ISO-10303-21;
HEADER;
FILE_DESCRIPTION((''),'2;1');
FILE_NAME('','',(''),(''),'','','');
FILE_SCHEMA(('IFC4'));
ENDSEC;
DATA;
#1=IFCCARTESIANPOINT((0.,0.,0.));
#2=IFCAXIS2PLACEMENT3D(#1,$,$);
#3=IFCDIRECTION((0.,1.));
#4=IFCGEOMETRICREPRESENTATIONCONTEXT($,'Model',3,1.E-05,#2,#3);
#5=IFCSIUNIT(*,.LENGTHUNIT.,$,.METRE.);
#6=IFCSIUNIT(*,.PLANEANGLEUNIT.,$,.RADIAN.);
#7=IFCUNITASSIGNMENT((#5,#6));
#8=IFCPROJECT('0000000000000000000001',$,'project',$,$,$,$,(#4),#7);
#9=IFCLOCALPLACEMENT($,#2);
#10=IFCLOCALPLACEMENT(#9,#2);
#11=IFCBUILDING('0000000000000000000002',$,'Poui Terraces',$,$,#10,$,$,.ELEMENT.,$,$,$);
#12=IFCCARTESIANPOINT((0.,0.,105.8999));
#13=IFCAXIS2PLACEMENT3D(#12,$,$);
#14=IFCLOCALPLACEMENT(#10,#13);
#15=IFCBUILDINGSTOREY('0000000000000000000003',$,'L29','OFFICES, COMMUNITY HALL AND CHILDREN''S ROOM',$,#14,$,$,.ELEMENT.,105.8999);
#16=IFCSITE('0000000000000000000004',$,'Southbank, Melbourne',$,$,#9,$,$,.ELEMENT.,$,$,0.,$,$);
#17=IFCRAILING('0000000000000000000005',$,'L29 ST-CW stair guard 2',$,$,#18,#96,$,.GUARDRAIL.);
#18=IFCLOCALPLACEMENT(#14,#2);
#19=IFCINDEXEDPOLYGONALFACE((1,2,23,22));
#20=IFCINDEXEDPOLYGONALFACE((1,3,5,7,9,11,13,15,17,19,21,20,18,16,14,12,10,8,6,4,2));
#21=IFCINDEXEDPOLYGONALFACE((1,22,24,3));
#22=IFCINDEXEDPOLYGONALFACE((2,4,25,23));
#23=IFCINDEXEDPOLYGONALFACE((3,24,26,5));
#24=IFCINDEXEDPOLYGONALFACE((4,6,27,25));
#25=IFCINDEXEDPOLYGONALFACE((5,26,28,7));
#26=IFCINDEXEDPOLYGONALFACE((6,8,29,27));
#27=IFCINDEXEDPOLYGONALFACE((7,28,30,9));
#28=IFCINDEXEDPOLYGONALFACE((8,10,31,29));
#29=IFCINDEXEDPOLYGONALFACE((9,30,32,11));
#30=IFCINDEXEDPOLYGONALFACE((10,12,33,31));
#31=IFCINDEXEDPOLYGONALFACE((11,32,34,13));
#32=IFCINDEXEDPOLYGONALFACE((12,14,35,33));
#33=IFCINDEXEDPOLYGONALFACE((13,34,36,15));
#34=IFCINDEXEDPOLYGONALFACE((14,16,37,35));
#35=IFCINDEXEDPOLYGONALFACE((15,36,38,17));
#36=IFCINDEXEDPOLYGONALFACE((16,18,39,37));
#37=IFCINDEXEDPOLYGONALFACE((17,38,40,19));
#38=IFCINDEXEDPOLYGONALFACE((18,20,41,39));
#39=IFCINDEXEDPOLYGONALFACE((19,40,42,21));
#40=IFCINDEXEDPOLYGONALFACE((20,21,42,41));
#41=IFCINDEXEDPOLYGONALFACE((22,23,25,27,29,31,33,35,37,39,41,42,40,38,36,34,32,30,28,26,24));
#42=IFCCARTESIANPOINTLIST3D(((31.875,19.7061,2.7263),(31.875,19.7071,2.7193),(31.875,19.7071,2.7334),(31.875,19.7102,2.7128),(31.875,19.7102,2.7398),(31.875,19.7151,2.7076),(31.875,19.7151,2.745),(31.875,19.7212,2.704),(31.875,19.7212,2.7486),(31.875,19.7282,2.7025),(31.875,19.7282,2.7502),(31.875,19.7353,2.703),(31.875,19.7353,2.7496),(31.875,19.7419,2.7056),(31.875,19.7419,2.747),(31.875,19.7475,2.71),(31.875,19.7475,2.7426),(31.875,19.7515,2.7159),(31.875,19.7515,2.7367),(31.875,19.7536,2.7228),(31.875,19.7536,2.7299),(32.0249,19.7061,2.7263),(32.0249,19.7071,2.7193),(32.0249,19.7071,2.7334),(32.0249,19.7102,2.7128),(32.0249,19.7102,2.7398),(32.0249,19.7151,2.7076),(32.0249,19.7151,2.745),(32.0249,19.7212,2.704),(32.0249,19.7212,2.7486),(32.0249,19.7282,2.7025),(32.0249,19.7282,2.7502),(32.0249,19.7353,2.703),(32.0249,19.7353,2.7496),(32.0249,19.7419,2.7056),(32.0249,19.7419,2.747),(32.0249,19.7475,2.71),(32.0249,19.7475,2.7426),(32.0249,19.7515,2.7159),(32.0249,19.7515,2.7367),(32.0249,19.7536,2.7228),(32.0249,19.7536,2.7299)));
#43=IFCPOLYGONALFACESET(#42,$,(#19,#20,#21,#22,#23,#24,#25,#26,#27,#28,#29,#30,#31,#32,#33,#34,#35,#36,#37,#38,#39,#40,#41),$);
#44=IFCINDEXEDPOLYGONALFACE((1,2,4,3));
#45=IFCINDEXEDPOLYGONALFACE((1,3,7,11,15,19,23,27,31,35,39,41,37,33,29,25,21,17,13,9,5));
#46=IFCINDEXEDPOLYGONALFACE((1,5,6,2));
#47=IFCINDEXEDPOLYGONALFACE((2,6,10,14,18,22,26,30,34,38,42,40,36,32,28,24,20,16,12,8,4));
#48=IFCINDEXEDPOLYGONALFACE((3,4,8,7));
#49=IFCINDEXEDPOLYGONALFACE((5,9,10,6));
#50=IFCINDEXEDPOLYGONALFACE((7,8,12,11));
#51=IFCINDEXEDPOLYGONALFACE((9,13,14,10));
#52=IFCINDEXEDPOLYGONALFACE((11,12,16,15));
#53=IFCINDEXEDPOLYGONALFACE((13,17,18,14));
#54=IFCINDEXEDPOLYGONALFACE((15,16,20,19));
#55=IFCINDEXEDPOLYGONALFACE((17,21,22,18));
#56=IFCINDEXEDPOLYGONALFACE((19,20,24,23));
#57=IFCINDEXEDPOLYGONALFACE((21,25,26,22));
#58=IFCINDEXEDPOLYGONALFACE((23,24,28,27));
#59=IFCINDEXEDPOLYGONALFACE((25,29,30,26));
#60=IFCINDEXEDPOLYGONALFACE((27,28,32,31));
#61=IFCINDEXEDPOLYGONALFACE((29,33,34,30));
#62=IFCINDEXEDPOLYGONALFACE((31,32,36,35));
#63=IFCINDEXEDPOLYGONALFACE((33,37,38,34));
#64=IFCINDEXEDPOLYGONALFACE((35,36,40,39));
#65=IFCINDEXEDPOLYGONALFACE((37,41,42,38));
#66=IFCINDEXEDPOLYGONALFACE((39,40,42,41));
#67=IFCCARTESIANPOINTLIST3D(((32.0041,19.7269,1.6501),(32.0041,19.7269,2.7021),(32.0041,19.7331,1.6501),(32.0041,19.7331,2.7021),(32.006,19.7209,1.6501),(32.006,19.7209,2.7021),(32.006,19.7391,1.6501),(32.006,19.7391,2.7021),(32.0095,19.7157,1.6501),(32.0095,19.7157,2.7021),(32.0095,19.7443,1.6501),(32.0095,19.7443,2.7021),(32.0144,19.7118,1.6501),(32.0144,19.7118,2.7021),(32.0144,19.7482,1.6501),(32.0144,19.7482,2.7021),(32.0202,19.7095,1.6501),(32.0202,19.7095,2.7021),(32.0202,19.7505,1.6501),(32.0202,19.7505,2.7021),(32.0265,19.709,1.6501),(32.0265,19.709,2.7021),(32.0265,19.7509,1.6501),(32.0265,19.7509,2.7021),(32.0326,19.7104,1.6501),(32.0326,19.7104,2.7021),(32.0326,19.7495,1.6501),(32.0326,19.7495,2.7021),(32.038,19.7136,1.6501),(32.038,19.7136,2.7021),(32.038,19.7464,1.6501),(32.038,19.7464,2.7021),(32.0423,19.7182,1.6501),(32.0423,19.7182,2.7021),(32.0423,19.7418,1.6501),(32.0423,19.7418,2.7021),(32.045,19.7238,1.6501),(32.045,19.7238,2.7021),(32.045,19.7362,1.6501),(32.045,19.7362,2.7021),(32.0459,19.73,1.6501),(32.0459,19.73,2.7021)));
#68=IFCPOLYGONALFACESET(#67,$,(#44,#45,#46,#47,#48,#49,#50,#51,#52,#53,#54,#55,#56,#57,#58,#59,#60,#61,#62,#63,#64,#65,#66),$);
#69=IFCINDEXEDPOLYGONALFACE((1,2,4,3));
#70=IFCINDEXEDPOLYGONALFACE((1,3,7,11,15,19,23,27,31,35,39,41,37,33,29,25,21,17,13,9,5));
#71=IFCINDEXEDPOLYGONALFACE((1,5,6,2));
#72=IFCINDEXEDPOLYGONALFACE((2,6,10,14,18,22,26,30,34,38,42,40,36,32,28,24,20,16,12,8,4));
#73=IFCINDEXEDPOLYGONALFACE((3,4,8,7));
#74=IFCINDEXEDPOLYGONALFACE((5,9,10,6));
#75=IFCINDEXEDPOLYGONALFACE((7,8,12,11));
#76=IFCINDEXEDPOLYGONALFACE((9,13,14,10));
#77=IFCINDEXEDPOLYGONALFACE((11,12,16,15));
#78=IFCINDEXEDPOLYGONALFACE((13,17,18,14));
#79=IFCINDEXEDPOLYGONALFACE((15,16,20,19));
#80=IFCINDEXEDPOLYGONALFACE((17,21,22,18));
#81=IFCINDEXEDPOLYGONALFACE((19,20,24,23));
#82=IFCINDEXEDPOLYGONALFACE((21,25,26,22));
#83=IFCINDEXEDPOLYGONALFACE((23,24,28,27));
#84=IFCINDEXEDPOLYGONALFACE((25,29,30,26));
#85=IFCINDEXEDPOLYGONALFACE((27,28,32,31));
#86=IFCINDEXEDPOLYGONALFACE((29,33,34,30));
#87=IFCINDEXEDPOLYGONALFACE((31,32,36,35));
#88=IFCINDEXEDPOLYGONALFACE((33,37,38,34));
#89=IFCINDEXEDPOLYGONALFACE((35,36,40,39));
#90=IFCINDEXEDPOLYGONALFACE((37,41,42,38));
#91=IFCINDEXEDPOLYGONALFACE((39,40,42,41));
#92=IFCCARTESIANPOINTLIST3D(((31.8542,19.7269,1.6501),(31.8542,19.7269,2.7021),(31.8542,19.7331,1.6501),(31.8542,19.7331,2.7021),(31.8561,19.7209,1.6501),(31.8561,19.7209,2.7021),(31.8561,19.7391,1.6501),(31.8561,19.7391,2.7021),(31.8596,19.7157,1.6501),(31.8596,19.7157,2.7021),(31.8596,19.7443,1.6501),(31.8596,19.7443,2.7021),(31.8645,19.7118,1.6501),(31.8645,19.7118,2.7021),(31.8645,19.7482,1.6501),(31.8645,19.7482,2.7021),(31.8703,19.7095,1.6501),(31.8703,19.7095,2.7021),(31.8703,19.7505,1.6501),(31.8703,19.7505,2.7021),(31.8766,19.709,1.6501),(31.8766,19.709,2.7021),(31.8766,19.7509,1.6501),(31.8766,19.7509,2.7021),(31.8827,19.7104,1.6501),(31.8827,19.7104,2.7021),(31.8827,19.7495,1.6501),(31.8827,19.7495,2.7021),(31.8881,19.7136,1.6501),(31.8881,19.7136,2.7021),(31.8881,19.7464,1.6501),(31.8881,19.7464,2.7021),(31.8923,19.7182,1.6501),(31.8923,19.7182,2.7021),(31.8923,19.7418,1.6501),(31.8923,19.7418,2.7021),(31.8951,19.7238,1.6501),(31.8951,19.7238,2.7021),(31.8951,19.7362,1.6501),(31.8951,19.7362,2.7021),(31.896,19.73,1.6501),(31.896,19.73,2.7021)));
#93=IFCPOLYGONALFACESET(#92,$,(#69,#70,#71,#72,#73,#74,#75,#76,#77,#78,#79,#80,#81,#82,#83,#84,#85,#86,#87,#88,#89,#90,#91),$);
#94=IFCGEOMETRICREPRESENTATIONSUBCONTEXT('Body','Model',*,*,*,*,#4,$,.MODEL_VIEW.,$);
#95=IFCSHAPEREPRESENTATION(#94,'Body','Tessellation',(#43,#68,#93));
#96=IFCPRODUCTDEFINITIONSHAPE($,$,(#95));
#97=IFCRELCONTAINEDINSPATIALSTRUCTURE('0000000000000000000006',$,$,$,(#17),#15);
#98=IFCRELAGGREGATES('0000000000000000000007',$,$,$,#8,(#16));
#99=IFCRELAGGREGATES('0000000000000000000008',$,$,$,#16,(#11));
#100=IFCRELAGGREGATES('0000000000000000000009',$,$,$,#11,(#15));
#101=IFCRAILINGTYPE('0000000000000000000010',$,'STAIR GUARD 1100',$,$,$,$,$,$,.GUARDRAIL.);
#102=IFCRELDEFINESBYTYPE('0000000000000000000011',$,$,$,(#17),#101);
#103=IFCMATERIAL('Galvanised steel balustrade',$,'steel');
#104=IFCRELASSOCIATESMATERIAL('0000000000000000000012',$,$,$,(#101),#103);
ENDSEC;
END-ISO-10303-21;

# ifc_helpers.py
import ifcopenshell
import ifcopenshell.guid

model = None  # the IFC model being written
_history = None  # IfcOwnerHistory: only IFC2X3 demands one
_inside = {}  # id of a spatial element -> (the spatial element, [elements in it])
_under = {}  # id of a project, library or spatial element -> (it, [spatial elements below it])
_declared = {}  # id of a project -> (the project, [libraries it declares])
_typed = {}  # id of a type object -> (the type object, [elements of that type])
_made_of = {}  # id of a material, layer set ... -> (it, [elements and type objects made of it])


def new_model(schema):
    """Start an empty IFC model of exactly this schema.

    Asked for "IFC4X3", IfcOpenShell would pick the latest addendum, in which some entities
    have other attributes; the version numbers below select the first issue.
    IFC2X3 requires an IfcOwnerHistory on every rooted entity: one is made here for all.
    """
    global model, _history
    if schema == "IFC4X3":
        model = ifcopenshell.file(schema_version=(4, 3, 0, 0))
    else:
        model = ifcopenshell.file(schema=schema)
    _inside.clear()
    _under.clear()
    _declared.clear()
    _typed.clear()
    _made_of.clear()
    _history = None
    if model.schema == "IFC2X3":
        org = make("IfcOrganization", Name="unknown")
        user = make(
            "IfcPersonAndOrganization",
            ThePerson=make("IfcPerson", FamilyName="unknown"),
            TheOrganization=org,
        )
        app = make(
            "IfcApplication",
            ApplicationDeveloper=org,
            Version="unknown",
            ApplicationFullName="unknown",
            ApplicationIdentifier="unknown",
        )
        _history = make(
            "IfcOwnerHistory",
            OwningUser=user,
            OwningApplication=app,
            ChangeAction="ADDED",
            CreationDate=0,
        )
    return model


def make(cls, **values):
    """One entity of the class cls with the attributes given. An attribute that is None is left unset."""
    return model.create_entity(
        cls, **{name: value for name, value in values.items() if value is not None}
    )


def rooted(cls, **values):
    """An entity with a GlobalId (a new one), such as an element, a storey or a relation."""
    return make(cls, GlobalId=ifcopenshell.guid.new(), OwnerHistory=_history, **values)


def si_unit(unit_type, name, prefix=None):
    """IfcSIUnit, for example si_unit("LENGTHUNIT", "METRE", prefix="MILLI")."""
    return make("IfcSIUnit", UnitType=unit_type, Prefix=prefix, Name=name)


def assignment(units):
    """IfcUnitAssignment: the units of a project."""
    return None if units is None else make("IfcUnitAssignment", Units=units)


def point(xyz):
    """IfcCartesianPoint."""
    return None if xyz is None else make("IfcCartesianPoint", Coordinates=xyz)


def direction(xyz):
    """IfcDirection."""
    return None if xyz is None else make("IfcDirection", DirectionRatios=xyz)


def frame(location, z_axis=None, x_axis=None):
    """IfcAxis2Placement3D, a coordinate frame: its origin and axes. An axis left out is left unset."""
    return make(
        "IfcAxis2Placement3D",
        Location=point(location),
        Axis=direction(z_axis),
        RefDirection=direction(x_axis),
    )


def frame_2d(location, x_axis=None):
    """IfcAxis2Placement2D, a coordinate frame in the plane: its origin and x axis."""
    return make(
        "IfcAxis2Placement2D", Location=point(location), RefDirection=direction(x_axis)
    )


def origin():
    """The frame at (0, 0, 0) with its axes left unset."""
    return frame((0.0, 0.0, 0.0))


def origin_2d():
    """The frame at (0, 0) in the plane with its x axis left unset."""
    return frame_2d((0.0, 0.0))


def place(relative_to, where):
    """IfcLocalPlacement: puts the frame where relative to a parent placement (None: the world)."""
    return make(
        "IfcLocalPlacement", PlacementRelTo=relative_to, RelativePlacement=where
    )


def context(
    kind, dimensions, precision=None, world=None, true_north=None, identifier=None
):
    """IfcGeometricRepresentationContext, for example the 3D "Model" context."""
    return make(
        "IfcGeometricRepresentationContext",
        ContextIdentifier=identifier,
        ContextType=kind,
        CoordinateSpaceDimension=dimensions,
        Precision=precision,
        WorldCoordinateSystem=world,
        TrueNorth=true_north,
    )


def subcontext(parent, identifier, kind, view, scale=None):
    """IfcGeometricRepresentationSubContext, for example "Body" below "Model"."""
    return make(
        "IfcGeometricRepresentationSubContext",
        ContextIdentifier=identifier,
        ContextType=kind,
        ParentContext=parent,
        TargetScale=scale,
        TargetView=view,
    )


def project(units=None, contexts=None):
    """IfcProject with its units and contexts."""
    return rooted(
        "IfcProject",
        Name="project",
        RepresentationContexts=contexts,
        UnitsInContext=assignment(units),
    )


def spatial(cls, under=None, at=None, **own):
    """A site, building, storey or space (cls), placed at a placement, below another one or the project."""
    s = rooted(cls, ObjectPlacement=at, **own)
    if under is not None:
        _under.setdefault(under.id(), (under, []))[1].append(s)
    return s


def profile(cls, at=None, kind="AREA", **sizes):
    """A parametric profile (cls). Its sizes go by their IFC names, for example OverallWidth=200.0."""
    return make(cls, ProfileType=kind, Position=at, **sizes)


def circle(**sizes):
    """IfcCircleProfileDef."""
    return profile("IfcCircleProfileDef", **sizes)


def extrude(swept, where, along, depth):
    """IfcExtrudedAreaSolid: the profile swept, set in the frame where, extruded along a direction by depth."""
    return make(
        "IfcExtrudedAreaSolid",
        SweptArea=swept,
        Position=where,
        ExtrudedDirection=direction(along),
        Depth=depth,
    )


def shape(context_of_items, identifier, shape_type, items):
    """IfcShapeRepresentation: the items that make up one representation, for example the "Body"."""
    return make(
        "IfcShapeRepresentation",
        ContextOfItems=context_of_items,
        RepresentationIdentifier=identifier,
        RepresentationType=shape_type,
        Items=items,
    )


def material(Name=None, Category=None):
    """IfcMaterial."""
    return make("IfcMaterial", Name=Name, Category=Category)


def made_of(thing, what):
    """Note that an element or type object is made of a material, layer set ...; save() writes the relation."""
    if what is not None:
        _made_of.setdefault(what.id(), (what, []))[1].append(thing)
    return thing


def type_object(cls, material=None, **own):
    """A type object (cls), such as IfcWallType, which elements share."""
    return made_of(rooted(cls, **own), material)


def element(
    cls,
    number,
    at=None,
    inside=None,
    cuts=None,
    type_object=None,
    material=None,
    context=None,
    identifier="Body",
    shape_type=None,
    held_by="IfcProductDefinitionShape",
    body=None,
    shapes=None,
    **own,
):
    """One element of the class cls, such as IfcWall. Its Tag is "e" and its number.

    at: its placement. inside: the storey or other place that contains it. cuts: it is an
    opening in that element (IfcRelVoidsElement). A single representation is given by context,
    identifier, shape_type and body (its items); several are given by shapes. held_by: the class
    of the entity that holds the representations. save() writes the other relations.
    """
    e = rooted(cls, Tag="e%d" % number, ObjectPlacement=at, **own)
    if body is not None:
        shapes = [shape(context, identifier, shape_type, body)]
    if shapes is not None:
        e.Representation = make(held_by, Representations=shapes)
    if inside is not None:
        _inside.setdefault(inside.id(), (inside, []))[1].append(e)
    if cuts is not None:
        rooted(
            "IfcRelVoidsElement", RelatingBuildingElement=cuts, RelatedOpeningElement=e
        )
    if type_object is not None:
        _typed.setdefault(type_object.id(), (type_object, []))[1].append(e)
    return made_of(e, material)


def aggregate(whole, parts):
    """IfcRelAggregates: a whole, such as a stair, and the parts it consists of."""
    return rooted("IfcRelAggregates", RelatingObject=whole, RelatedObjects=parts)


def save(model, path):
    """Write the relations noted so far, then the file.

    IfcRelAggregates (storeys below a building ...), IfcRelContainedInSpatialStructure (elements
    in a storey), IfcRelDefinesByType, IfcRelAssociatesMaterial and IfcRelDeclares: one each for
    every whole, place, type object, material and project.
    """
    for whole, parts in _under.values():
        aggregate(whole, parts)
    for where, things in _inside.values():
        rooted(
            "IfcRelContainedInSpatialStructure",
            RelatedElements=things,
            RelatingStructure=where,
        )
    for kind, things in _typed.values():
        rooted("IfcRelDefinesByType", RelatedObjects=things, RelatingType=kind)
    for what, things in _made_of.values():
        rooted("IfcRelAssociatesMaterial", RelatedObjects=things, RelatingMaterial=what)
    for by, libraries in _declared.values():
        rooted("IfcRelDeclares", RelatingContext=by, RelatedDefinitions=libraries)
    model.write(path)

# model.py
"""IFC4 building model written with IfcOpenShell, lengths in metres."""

from ifc_helpers import new_model, si_unit, direction, frame, origin, origin_2d, place, context, subcontext, project, spatial, circle, extrude, material, type_object, element, save


model = new_model("IFC4")

# Units and contexts
model_context = context("Model", 3, precision=1e-05, world=origin(), true_north=direction((0.0, 1.0)))
body_context = subcontext(model_context, "Body", "Model", "MODEL_VIEW")
ifc_project = project(units=[si_unit("LENGTHUNIT", "METRE"), si_unit("PLANEANGLEUNIT", "RADIAN")], contexts=[model_context])

# Site, building, storey
site_placement = place(None, origin())
site = spatial("IfcSite", under=ifc_project, at=site_placement, Name="Southbank, Melbourne", CompositionType="ELEMENT", RefElevation=0.0)
building_placement = place(site_placement, origin())
building = spatial("IfcBuilding", under=site, at=building_placement, Name="Poui Terraces", CompositionType="ELEMENT")
storey_placement = place(building_placement, frame((0.0, 0.0, 105.8999)))
storey = spatial("IfcBuildingStorey", under=building, at=storey_placement, Name="L29", Description="OFFICES, COMMUNITY HALL AND CHILDREN'S ROOM", CompositionType="ELEMENT", Elevation=105.8999)

# Railing
ifc_material_1 = material(Name="Galvanised steel balustrade", Category="steel")
railing_type_1 = type_object("IfcRailingType", Name="STAIR GUARD 1100", PredefinedType="GUARDRAIL", material=ifc_material_1)
railing_1_placement = place(storey_placement, frame((32.0249, 19.73, 1.6501)))
element("IfcRailing", 1, at=railing_1_placement, inside=storey, type_object=railing_type_1, Name="L29 ST-CW stair guard 2", PredefinedType="GUARDRAIL", context=body_context, shape_type="SweptSolid", body=[
    extrude(circle(Radius=0.0239, at=origin_2d()), frame((0.0, 0.0, 1.0762), z_axis=(-1.0, 0.0, 0.0), x_axis=(0.0, -1.0, 0.0)), (0.0, 0.0, 1.0), 0.1499),
    extrude(circle(Radius=0.021, at=origin_2d()), origin(), (0.0, 0.0, 1.0), 1.052),
    extrude(circle(Radius=0.021, at=origin_2d()), frame((-0.1499, 0.0, 0.0)), (0.0, 0.0, 1.0), 1.052),
])

save(model, "model.ifc")
